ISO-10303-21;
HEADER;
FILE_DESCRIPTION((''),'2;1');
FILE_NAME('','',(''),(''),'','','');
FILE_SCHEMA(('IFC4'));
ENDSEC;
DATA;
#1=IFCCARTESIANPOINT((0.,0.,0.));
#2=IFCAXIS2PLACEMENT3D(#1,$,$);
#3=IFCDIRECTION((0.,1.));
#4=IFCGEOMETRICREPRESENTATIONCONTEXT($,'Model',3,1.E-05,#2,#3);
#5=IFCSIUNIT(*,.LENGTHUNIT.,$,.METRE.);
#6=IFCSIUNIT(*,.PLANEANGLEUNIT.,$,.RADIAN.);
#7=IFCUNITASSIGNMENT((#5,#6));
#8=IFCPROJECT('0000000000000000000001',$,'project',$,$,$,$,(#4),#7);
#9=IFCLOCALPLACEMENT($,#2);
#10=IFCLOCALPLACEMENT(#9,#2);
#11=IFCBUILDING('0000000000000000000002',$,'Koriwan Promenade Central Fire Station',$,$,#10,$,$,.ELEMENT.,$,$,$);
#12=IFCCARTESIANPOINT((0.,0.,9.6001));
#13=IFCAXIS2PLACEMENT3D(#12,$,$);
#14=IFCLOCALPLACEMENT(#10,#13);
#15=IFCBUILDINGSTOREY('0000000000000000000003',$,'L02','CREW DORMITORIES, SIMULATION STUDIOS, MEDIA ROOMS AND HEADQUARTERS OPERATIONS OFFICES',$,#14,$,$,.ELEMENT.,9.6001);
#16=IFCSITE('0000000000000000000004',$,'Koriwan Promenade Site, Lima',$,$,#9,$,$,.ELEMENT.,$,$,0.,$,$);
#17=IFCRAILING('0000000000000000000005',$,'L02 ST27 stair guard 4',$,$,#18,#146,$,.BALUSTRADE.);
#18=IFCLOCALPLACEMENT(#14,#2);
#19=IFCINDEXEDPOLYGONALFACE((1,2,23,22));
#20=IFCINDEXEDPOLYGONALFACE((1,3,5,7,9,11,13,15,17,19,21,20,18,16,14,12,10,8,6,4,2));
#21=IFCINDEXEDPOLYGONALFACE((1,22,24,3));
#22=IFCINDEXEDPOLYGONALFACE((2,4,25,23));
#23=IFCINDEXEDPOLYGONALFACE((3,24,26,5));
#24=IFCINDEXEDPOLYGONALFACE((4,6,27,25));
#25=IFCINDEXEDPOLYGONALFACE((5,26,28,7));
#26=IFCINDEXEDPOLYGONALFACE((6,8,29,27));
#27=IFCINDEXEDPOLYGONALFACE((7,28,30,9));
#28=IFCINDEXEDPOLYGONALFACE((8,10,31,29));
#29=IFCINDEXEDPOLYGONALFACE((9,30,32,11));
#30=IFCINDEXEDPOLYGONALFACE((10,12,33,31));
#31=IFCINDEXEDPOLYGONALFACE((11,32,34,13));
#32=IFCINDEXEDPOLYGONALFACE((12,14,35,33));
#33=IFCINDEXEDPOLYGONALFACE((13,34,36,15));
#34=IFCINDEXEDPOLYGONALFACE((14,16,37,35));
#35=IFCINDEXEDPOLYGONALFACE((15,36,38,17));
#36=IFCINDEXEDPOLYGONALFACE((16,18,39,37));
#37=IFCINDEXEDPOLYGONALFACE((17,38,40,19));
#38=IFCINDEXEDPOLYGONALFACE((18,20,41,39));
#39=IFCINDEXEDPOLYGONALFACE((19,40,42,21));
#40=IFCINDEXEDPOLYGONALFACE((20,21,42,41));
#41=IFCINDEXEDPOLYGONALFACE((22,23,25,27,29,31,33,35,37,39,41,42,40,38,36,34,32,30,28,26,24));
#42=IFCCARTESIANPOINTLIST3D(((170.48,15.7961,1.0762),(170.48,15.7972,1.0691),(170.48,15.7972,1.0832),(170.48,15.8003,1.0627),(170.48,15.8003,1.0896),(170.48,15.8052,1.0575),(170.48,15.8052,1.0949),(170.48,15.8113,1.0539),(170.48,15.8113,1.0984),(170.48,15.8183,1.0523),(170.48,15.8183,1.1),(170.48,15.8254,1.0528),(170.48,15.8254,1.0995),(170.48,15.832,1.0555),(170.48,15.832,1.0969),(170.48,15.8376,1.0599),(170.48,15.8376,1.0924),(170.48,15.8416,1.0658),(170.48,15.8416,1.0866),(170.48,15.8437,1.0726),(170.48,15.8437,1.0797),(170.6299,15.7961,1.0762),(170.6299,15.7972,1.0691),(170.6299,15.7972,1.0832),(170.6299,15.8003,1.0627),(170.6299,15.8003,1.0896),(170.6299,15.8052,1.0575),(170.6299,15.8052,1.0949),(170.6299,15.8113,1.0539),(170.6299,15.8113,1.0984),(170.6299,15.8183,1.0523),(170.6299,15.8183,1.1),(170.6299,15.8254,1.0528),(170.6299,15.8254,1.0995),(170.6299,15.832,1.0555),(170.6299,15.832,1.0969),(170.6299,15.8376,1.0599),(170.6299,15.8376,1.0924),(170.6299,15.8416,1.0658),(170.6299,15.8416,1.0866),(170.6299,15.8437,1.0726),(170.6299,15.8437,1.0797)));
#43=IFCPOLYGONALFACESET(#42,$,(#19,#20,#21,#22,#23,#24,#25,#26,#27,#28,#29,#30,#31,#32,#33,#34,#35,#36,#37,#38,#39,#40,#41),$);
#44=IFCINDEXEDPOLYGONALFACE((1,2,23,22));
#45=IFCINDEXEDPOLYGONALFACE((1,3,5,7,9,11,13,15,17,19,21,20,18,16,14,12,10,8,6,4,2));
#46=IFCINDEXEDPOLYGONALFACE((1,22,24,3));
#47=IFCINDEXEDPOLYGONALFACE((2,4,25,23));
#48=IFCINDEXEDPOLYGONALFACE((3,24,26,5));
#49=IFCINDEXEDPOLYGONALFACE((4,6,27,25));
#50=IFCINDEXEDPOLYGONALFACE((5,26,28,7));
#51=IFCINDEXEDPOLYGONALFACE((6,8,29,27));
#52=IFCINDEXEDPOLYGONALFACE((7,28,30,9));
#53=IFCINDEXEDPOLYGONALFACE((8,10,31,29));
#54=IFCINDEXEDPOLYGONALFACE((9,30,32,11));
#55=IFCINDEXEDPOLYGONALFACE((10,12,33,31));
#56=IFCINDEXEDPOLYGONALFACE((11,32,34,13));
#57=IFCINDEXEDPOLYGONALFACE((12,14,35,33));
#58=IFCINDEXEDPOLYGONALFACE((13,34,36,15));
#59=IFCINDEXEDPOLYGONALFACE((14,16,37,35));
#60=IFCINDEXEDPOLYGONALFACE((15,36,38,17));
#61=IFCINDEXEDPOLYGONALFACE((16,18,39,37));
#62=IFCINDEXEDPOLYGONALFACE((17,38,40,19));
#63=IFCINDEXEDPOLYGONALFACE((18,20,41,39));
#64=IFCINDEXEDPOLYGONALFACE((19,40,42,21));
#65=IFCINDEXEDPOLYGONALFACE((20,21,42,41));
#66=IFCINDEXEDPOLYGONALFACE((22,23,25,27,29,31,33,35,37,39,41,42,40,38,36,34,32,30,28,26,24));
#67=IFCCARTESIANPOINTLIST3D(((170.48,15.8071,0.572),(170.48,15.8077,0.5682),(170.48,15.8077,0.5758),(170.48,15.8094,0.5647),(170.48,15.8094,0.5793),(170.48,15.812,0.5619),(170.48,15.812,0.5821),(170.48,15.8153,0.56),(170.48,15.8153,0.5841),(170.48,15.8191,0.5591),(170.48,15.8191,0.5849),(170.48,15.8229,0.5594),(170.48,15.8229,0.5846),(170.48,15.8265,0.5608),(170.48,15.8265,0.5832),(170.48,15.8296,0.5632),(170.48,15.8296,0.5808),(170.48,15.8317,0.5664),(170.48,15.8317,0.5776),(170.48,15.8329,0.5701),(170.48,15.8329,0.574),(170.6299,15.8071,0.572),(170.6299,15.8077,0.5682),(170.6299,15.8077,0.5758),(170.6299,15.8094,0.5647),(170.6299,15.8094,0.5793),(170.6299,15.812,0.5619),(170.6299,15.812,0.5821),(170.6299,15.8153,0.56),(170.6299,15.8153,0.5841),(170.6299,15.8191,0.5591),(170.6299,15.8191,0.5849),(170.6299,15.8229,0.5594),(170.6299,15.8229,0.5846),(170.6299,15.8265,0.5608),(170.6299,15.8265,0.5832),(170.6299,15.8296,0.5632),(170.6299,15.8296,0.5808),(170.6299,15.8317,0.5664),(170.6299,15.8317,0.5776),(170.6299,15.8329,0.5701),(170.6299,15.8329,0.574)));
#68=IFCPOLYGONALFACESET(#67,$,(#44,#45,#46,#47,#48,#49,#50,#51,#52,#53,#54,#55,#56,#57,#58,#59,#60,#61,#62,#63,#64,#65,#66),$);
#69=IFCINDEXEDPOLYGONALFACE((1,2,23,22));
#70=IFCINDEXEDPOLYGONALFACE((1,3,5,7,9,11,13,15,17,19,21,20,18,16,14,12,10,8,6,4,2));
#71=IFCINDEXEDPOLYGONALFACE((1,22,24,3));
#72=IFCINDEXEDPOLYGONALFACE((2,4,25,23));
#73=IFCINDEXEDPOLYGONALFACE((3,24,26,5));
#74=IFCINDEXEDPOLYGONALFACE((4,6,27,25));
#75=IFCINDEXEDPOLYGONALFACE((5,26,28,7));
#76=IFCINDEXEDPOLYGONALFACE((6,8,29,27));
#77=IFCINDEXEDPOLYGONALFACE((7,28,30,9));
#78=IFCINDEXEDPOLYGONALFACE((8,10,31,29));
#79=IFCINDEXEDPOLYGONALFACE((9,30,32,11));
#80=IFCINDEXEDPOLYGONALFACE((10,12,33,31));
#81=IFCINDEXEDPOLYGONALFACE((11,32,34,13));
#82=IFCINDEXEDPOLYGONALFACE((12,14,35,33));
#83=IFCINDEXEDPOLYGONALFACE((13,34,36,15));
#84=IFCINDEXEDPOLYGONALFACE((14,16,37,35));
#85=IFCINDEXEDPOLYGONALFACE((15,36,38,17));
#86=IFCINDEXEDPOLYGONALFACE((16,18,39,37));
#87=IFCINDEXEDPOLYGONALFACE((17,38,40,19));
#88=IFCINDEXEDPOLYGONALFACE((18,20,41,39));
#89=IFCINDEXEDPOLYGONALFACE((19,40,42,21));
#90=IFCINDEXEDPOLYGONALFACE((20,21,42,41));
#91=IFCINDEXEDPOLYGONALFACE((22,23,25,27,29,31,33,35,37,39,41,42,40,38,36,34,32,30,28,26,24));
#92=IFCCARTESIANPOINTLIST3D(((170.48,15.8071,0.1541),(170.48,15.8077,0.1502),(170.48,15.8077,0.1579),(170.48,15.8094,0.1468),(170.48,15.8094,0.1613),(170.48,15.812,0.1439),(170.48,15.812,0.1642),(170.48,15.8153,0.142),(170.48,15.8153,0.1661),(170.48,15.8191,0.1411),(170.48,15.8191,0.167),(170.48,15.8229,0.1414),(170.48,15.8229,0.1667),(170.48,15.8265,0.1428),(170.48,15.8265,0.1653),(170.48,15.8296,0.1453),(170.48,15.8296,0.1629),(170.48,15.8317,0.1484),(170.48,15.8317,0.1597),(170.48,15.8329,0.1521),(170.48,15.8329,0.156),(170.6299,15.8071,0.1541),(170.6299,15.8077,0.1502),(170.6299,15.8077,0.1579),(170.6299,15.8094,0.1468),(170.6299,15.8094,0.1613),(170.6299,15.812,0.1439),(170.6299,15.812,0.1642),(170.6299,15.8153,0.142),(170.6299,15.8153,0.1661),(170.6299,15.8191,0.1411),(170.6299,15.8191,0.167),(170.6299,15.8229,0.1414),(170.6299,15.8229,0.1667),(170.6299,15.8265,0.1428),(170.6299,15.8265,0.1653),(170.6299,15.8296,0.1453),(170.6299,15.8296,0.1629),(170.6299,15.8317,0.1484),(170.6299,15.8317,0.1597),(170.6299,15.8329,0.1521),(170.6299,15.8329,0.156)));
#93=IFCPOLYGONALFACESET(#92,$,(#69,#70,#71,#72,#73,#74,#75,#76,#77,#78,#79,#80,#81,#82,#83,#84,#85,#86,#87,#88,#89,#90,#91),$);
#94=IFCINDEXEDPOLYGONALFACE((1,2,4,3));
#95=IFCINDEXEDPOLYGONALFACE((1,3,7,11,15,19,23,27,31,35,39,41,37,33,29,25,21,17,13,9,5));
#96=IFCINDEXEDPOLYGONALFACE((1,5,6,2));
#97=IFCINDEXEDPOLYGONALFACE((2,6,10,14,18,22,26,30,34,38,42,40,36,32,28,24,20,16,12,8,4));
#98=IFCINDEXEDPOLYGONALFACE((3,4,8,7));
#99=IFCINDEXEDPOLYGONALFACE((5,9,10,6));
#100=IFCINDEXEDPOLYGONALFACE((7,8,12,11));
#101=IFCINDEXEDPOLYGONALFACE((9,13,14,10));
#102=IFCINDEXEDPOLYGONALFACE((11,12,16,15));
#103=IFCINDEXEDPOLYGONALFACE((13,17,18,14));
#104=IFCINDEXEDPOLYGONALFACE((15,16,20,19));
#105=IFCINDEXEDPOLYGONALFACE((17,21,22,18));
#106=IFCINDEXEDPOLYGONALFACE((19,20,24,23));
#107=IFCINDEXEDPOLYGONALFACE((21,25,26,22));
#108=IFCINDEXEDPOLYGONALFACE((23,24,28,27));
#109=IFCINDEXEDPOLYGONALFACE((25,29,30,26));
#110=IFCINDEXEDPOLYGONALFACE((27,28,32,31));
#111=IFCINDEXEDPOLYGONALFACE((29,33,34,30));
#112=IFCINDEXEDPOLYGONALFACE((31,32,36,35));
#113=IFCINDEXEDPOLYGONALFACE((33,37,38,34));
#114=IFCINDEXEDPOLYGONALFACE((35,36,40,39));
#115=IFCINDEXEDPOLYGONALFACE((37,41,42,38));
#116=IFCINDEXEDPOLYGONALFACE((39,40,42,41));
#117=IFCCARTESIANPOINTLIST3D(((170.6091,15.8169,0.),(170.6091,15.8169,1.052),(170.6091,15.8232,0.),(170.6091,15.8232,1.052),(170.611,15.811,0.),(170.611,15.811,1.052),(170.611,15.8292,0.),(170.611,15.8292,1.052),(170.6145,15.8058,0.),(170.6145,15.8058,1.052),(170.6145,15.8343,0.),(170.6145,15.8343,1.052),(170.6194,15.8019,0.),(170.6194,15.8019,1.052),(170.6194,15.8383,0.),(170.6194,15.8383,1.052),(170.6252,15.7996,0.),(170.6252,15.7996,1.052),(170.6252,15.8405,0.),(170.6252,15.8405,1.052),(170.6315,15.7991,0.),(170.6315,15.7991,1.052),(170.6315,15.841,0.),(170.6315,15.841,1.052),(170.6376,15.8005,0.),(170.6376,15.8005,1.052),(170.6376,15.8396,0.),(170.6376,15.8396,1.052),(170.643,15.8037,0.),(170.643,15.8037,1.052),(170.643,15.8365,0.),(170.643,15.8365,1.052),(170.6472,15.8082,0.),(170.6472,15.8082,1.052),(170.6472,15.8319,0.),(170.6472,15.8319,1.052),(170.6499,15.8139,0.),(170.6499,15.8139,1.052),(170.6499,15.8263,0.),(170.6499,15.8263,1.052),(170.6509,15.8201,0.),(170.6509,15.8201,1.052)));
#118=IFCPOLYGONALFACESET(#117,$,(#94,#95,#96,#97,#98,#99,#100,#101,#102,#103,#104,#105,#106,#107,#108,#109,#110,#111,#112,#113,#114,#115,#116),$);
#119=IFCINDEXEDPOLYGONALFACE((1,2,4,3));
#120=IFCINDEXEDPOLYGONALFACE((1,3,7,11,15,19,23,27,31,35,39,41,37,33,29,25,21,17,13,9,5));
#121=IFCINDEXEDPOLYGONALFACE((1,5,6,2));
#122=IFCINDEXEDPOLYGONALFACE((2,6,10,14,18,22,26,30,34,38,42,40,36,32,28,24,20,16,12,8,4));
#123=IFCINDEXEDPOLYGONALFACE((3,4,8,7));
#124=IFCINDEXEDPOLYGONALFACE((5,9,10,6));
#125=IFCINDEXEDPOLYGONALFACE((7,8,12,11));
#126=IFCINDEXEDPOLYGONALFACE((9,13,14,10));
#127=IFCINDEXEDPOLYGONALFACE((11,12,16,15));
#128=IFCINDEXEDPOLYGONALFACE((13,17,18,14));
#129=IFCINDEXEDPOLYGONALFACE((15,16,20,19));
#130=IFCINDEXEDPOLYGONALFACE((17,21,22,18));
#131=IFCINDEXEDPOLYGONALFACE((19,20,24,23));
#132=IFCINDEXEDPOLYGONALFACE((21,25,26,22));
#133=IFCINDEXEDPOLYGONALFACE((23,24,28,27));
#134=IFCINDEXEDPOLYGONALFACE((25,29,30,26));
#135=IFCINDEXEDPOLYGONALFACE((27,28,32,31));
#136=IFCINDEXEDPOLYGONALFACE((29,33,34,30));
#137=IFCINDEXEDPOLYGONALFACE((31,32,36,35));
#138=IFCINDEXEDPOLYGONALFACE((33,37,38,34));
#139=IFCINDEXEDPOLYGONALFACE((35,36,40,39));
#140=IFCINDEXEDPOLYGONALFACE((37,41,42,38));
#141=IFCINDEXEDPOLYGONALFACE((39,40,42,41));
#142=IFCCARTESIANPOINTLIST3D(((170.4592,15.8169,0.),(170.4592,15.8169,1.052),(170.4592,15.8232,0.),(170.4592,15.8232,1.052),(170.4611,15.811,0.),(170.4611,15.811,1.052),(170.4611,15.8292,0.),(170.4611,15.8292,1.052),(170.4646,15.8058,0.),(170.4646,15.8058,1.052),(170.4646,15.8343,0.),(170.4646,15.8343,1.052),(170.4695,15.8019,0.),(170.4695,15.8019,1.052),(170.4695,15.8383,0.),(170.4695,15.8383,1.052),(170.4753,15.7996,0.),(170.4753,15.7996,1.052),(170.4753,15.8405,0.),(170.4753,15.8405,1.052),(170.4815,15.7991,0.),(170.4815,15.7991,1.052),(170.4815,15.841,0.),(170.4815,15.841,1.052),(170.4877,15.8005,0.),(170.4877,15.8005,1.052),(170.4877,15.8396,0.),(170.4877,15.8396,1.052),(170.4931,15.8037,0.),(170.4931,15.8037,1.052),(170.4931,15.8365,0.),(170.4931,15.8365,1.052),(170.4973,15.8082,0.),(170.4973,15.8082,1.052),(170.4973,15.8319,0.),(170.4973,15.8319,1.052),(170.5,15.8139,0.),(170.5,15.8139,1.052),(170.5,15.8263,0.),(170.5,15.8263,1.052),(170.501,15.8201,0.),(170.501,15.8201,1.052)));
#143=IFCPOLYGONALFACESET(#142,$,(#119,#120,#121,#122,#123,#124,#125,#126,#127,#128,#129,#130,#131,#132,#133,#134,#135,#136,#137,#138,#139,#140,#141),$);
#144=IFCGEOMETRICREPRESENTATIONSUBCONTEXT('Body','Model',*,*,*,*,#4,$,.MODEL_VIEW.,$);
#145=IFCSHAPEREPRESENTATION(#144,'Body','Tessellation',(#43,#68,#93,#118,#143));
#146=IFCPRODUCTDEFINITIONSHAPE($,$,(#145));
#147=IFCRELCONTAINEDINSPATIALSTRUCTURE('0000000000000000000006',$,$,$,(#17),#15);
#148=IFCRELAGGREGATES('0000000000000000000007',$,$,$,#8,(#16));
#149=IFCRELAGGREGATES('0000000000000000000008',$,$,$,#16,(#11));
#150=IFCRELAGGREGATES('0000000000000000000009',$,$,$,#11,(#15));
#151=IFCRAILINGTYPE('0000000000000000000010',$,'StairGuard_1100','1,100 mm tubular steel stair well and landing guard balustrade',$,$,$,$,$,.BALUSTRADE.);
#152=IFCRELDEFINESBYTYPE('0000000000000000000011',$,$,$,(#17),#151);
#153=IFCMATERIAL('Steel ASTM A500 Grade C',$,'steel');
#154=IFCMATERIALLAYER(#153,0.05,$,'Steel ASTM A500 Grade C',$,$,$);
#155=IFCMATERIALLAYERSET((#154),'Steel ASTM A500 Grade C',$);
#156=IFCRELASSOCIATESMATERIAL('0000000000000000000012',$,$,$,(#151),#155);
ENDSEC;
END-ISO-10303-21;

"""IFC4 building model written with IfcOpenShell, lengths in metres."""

from ifc_helpers import new_model, si_unit, direction, frame, origin, origin_2d, place, context, subcontext, project, spatial, circle, extrude, material, layer, layer_set, type_object, element, save


model = new_model("IFC4")

# Units and contexts
model_context = context("Model", 3, precision=1e-05, world=origin(), true_north=direction((0.0, 1.0)))
body_context = subcontext(model_context, "Body", "Model", "MODEL_VIEW")
ifc_project = project(units=[si_unit("LENGTHUNIT", "METRE"), si_unit("PLANEANGLEUNIT", "RADIAN")], contexts=[model_context])

# Site, building, storey
site_placement = place(None, origin())
site = spatial("IfcSite", under=ifc_project, at=site_placement, Name="Koriwan Promenade Site, Lima", CompositionType="ELEMENT", RefElevation=0.0)
building_placement = place(site_placement, origin())
building = spatial("IfcBuilding", under=site, at=building_placement, Name="Koriwan Promenade Central Fire Station", CompositionType="ELEMENT")
storey_placement = place(building_placement, frame((0.0, 0.0, 9.6001)))
storey = spatial("IfcBuildingStorey", under=building, at=storey_placement, Name="L02", Description="CREW DORMITORIES, SIMULATION STUDIOS, MEDIA ROOMS AND HEADQUARTERS OPERATIONS OFFICES", CompositionType="ELEMENT", Elevation=9.6001)

# Railing
ifc_material_1 = material(Name="Steel ASTM A500 Grade C", Category="steel")
ifc_layer_1 = layer(ifc_material_1, 0.05, Name="Steel ASTM A500 Grade C")
ifc_layer_set_1 = layer_set([ifc_layer_1], Name="Steel ASTM A500 Grade C")
railing_type_1 = type_object("IfcRailingType", Name="StairGuard_1100", Description="1,100 mm tubular steel stair well and landing guard balustrade", PredefinedType="BALUSTRADE", material=ifc_layer_set_1)
railing_1_placement = place(storey_placement, frame((170.6299, 15.8201, 0.0)))
element("IfcRailing", 1, at=railing_1_placement, inside=storey, type_object=railing_type_1, Name="L02 ST27 stair guard 4", PredefinedType="BALUSTRADE", context=body_context, shape_type="SweptSolid", body=[
    extrude(circle(Radius=0.0239, at=origin_2d()), frame((0.0, 0.0, 1.0762), z_axis=(-1.0, 0.0, 0.0), x_axis=(0.0, -1.0, 0.0)), (0.0, 0.0, 1.0), 0.1499),
    extrude(circle(Radius=0.0129, at=origin_2d()), frame((0.0, 0.0, 0.572), z_axis=(-1.0, 0.0, 0.0), x_axis=(0.0, -1.0, 0.0)), (0.0, 0.0, 1.0), 0.1499),
    extrude(circle(Radius=0.0129, at=origin_2d()), frame((0.0, 0.0, 0.1541), z_axis=(-1.0, 0.0, 0.0), x_axis=(0.0, -1.0, 0.0)), (0.0, 0.0, 1.0), 0.1499),
    extrude(circle(Radius=0.021, at=origin_2d()), origin(), (0.0, 0.0, 1.0), 1.052),
    extrude(circle(Radius=0.021, at=origin_2d()), frame((-0.1499, 0.0, 0.0)), (0.0, 0.0, 1.0), 1.052),
])

save(model, "model.ifc")
